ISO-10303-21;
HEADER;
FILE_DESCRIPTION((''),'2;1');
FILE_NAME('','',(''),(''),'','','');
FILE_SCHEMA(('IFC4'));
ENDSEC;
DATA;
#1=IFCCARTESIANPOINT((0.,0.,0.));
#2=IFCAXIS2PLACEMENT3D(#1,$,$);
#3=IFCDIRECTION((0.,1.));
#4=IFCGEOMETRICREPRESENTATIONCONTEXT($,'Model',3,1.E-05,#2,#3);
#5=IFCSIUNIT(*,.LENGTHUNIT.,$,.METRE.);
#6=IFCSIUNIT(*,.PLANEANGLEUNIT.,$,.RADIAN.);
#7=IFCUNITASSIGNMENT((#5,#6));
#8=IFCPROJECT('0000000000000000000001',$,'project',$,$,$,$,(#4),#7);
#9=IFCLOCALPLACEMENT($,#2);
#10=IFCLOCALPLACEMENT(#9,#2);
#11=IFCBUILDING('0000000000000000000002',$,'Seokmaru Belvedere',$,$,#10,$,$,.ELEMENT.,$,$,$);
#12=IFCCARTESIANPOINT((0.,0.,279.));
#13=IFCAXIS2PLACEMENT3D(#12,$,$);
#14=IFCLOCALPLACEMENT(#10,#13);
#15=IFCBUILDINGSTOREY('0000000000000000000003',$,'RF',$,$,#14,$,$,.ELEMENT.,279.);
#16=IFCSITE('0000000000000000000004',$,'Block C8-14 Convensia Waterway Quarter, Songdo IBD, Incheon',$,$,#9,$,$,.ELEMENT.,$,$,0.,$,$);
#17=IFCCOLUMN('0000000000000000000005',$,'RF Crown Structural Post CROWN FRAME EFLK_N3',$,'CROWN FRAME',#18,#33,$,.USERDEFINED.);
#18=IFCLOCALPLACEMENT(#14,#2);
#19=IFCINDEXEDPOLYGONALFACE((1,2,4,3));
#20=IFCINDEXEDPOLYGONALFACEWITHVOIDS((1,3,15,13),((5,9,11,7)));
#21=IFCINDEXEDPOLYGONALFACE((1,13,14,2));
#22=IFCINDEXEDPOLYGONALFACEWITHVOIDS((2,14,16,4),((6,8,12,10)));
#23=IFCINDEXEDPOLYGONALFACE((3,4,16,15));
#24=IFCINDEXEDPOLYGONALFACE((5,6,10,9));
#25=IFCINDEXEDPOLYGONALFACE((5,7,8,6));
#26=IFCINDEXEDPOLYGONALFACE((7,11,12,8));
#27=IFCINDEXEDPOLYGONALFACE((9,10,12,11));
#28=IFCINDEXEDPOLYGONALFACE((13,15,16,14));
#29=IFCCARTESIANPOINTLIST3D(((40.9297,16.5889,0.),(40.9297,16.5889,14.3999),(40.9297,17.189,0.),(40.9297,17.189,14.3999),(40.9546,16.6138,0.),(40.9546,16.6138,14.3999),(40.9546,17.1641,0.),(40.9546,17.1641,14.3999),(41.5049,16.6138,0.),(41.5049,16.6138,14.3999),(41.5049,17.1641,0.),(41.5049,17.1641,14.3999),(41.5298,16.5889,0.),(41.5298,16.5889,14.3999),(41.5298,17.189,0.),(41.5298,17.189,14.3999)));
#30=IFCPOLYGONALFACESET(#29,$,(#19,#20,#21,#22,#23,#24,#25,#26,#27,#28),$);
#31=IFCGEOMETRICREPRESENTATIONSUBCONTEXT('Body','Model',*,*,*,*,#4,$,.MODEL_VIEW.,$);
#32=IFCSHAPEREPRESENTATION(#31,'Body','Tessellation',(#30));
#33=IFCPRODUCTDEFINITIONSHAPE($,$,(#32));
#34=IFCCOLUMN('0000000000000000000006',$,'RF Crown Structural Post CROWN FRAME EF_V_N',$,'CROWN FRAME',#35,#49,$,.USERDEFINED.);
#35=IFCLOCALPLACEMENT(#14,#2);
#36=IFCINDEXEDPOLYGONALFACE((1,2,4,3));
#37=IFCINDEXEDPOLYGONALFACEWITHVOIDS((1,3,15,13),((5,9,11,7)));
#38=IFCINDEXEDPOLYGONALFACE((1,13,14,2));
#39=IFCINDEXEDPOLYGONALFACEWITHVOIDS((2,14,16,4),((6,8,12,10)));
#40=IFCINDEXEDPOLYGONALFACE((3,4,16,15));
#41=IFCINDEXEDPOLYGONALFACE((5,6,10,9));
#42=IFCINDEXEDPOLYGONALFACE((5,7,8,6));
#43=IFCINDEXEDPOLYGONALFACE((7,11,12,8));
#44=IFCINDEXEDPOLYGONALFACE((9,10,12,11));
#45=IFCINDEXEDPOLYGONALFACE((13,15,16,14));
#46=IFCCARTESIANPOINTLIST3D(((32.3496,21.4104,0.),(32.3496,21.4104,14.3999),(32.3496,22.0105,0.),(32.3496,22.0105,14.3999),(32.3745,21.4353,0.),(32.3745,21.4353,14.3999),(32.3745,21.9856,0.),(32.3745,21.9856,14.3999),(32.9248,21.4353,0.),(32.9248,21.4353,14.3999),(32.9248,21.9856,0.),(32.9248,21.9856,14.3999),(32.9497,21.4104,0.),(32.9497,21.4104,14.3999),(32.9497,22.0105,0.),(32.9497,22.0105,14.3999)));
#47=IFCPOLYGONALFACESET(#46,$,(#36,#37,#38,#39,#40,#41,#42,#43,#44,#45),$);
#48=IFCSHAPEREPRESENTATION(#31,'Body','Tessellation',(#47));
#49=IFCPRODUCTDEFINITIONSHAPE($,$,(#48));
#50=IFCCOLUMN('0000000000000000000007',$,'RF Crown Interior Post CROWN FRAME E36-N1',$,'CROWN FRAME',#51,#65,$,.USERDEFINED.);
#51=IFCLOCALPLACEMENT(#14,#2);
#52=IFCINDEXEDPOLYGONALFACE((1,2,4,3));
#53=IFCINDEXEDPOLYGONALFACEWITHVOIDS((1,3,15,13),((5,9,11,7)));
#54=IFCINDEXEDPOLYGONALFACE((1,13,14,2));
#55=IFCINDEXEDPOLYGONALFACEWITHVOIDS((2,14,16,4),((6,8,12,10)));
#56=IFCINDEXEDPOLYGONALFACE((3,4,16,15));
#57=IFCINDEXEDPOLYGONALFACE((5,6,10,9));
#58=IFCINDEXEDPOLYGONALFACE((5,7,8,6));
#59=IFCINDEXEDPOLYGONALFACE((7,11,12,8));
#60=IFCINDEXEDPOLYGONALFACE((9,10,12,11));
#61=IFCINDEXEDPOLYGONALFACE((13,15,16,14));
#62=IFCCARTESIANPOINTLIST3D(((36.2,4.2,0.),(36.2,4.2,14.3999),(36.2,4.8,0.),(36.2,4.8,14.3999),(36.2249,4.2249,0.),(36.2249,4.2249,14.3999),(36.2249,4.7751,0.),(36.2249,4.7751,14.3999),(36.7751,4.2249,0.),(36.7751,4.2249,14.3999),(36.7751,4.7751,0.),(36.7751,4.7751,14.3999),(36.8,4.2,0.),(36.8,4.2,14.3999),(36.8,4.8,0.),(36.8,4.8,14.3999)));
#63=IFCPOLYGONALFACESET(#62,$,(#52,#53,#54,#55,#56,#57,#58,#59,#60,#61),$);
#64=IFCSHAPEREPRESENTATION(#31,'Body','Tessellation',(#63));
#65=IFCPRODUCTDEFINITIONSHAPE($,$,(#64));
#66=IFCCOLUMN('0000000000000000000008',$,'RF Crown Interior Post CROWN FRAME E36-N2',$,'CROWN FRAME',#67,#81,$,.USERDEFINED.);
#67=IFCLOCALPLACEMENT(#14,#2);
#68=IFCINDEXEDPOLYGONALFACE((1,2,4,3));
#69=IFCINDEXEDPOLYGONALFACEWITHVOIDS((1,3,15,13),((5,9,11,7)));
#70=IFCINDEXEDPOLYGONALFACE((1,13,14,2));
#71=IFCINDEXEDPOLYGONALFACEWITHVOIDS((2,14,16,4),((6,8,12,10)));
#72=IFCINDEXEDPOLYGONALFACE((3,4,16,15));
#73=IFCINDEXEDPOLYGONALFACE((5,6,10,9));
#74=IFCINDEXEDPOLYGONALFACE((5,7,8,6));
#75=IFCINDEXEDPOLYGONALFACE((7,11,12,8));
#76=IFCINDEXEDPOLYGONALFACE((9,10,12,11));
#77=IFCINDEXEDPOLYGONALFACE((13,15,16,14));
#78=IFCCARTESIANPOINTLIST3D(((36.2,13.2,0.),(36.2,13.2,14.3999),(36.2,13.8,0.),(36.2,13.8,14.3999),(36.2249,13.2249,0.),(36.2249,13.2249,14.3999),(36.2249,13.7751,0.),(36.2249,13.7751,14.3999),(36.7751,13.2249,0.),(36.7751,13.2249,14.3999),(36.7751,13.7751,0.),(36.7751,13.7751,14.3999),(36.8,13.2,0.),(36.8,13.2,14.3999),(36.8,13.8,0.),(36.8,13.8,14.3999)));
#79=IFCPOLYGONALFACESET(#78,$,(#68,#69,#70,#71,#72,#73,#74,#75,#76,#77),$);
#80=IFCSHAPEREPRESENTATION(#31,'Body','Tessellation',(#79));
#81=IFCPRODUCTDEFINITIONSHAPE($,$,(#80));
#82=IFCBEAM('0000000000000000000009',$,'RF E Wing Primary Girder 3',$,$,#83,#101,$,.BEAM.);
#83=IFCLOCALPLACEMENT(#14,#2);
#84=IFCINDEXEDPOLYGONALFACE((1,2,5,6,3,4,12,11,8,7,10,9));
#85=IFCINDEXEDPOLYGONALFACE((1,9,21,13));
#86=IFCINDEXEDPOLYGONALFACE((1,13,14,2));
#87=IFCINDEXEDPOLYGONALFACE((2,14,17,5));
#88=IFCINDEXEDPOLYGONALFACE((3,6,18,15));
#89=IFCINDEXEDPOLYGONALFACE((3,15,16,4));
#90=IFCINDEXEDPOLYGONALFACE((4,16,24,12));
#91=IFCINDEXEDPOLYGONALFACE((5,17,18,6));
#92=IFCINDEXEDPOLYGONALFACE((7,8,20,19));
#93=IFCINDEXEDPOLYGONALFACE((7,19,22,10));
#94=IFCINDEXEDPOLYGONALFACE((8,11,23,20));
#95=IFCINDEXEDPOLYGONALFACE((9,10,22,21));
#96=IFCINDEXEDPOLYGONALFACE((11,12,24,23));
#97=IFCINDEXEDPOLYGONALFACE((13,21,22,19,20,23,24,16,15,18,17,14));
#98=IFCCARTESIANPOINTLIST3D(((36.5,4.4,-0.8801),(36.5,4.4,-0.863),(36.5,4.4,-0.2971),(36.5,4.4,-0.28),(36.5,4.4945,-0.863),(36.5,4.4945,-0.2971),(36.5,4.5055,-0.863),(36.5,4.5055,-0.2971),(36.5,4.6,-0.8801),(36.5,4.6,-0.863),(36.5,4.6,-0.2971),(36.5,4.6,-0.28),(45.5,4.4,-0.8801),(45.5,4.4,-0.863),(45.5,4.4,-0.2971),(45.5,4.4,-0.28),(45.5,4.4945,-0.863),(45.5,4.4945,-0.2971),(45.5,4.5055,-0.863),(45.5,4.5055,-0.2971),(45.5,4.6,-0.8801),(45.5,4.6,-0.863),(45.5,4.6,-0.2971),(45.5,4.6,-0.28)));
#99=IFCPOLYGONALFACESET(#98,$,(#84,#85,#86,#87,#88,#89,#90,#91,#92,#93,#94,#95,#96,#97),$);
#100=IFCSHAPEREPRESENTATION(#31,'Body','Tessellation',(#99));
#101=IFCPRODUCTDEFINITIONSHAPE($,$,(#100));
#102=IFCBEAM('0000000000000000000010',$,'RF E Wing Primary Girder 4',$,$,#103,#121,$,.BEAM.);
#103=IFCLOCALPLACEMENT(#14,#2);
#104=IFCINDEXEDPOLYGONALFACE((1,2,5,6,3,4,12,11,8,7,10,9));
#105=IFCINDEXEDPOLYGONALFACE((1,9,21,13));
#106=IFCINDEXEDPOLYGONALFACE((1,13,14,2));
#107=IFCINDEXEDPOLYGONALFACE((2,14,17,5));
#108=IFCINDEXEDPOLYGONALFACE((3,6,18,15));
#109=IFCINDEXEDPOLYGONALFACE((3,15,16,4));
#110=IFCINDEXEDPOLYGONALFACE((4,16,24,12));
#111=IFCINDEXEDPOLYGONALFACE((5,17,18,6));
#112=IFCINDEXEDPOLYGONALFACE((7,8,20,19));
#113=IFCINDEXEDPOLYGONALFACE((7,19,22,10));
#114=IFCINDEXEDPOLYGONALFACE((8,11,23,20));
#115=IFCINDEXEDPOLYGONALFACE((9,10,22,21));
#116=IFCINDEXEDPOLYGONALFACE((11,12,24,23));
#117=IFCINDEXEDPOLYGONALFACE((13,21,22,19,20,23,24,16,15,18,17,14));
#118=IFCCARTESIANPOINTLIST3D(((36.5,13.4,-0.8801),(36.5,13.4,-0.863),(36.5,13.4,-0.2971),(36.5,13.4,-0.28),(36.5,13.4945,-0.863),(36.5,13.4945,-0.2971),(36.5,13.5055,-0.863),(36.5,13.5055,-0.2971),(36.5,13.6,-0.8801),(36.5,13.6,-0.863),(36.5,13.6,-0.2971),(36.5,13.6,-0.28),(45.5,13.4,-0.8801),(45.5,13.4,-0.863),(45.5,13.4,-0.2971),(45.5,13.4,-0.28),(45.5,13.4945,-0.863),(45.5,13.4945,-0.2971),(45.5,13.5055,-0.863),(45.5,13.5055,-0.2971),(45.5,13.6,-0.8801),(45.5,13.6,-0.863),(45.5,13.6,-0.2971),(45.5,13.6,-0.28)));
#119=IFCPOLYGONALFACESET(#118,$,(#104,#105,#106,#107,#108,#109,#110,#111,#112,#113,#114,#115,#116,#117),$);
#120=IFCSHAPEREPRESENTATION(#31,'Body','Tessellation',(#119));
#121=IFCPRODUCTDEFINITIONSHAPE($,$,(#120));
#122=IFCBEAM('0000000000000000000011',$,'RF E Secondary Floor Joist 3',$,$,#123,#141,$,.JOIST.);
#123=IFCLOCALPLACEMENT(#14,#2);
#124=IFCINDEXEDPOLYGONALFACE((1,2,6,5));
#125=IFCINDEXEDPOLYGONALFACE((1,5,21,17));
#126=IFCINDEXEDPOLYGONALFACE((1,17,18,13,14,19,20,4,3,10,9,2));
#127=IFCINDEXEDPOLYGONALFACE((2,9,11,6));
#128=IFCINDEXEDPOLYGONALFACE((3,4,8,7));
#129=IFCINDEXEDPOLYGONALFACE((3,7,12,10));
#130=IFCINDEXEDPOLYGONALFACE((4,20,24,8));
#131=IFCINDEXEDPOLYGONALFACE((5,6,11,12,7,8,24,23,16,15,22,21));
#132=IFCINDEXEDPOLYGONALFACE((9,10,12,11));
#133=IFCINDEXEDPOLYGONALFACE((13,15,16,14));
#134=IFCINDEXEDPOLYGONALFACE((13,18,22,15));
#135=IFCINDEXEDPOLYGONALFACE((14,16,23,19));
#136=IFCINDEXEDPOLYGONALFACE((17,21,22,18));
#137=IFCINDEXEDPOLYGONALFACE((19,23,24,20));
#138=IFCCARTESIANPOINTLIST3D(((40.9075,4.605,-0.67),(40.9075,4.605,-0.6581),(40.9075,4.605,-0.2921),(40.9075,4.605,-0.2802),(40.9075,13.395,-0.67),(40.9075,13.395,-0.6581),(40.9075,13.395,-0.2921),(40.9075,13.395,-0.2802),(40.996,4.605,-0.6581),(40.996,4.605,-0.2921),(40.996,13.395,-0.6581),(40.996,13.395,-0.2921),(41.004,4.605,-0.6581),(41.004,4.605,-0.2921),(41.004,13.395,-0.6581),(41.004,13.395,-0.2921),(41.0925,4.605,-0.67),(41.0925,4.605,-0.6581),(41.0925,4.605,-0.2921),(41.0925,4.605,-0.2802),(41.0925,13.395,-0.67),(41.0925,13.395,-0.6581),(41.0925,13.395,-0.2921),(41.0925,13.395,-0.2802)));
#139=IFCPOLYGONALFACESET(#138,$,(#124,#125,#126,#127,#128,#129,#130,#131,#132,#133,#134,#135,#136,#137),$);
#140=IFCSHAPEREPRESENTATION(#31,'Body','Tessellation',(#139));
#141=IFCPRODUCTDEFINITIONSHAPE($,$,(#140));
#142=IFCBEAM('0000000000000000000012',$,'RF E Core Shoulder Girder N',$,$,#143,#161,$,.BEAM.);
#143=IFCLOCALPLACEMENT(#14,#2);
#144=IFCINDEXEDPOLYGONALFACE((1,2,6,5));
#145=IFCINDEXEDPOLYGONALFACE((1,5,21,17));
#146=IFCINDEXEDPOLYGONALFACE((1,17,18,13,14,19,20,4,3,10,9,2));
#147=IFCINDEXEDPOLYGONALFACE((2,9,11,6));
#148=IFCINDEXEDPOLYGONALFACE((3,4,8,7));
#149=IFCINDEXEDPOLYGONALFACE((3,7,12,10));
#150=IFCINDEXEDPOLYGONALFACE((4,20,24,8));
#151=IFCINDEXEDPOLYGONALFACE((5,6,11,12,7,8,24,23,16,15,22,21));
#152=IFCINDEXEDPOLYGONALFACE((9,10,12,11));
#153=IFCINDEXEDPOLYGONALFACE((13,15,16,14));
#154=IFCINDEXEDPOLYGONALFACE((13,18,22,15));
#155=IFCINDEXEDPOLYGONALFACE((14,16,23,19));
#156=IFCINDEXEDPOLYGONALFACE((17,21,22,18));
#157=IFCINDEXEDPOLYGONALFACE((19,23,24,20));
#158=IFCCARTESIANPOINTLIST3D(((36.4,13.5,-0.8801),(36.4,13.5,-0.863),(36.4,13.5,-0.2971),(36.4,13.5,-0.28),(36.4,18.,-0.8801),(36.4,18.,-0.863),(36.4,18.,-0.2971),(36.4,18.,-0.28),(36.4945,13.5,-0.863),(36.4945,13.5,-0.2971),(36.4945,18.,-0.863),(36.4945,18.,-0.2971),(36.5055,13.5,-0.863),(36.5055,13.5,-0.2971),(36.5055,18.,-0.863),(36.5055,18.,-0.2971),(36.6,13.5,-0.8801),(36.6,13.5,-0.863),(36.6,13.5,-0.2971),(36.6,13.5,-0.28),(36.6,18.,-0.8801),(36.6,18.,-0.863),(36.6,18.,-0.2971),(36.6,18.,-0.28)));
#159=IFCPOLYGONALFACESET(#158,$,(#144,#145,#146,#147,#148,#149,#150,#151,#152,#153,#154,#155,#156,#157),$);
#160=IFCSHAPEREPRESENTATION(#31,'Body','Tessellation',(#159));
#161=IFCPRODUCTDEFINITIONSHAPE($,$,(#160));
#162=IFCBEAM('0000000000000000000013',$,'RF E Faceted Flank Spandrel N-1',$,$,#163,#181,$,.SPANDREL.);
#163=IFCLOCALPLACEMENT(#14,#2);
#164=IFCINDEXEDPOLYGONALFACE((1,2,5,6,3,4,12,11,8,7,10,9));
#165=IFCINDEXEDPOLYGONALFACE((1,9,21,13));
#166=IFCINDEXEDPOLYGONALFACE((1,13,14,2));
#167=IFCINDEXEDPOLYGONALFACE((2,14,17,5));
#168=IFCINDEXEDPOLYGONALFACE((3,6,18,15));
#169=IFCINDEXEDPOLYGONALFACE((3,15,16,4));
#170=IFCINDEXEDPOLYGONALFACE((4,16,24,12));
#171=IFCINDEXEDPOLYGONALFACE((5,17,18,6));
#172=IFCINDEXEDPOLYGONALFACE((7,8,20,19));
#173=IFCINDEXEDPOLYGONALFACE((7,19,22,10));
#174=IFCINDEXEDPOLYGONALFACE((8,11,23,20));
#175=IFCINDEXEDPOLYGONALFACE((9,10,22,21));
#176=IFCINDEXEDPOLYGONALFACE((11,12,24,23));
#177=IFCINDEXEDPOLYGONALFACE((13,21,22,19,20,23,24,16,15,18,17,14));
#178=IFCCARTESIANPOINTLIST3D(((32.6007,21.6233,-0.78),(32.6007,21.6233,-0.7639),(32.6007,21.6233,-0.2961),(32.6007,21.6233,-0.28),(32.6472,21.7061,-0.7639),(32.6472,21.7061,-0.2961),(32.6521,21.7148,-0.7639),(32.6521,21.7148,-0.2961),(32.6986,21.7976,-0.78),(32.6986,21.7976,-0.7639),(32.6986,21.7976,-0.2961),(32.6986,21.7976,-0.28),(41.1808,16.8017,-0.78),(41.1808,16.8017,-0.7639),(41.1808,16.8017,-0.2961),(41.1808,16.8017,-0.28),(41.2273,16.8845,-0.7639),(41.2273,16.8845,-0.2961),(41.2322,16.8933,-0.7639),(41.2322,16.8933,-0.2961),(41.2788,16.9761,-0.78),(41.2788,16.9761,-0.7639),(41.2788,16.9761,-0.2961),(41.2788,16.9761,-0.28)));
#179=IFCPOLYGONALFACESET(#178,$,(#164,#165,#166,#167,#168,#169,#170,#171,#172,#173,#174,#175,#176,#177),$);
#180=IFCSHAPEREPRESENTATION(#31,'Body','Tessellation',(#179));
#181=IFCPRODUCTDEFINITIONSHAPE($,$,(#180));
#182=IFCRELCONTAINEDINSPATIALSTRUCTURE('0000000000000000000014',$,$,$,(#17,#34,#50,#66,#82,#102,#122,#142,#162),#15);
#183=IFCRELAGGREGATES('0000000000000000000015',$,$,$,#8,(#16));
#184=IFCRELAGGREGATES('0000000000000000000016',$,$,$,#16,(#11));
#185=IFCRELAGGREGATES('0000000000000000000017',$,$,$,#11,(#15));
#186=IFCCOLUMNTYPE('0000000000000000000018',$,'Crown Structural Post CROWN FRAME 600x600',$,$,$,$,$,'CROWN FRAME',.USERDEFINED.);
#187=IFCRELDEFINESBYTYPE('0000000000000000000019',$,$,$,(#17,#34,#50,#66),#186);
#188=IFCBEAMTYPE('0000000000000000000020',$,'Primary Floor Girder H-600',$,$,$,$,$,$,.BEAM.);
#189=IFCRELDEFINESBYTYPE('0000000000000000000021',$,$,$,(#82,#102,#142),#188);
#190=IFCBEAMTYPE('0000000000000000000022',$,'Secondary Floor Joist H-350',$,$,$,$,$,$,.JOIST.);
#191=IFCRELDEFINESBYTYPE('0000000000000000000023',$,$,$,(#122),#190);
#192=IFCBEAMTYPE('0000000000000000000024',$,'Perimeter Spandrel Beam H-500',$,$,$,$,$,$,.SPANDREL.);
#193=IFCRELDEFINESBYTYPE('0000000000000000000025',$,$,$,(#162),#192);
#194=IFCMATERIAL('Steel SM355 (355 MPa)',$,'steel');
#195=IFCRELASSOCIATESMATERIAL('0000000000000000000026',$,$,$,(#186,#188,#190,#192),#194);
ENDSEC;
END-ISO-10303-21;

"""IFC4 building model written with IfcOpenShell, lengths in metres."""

from ifc_helpers import new_model, si_unit, direction, frame, origin, origin_2d, place, context, subcontext, project, spatial, hollow_rectangle, i_section, extrude, source, transform, mapped, material, material_profile, profile_set, type_object, type_shapes, element, save


model = new_model("IFC4")

# Units and contexts
model_context = context("Model", 3, precision=1e-05, world=origin(), true_north=direction((0.0, 1.0)))
body_context = subcontext(model_context, "Body", "Model", "MODEL_VIEW")
ifc_project = project(units=[si_unit("LENGTHUNIT", "METRE"), si_unit("PLANEANGLEUNIT", "RADIAN")], contexts=[model_context])

# Site, building, storey
site_placement = place(None, origin())
site = spatial("IfcSite", under=ifc_project, at=site_placement, Name="Block C8-14 Convensia Waterway Quarter, Songdo IBD, Incheon", CompositionType="ELEMENT", RefElevation=0.0)
building_placement = place(site_placement, origin())
building = spatial("IfcBuilding", under=site, at=building_placement, Name="Seokmaru Belvedere", CompositionType="ELEMENT")
storey_placement = place(building_placement, frame((0.0, 0.0, 279.0)))
storey = spatial("IfcBuildingStorey", under=building, at=storey_placement, Name="RF", CompositionType="ELEMENT", Elevation=279.0)

# Columns
ifc_material_1 = material(Name="Steel SM355 (355 MPa)", Category="steel")
ifc_material_profile_1 = material_profile(ifc_material_1, hollow_rectangle(XDim=0.6001, YDim=0.6001, WallThickness=0.0249, at=origin_2d()), Name="HSS-600x600x25")
ifc_profile_set_1 = profile_set([ifc_material_profile_1], Name="Steel SM355 (355 MPa)")
column_type = type_object("IfcColumnType", Name="Crown Structural Post CROWN FRAME 600x600", ElementType="CROWN FRAME", PredefinedType="USERDEFINED", material=ifc_profile_set_1)
shared_shape_1 = source(origin(), body_context, "Body", "SweptSolid", [
    extrude(hollow_rectangle(XDim=0.6001, YDim=0.6001, WallThickness=0.0249, at=origin_2d()), origin(), (0.0, 0.0, 1.0), 14.3999),
])
type_shapes(column_type, [shared_shape_1])
for number, where, z_axis, x_axis, name in (
    (1, (41.2297, 16.8889, 0.0), (0.0, 0.0, 1.0), (1.0, 0.0, 0.0), "RF Crown Structural Post CROWN FRAME EFLK_N3"),
    (2, (32.6497, 21.7104, 0.0), (0.0, 0.0, 1.0), (1.0, 0.0, 0.0), "RF Crown Structural Post CROWN FRAME EF_V_N"),
    (3, (36.5, 4.5, 0.0), (0.0, 0.0, 1.0), (1.0, 0.0, 0.0), "RF Crown Interior Post CROWN FRAME E36-N1"),
    (4, (36.5, 13.5, 0.0), (0.0, 0.0, 1.0), (1.0, 0.0, 0.0), "RF Crown Interior Post CROWN FRAME E36-N2"),
):
    element("IfcColumn", number, at=place(storey_placement, frame(where, z_axis=z_axis, x_axis=x_axis)), inside=storey, type_object=column_type, Name=name, ObjectType="CROWN FRAME", PredefinedType="USERDEFINED", context=body_context, shape_type="MappedRepresentation", body=[
        mapped(shared_shape_1, transform((0.0, 0.0, 0.0), scale=1.0)),
    ])

# Beams
ifc_material_profile_2 = material_profile(ifc_material_1, i_section(OverallWidth=0.2, OverallDepth=0.6001, WebThickness=0.011, FlangeThickness=0.0171, at=origin_2d()), Name="H-600x200x11x17")
ifc_profile_set_2 = profile_set([ifc_material_profile_2], Name="Steel SM355 (355 MPa)")
beam_type_1 = type_object("IfcBeamType", Name="Primary Floor Girder H-600", PredefinedType="BEAM", material=ifc_profile_set_2)
shared_shape_2 = source(origin(), body_context, "Body", "SweptSolid", [
    extrude(i_section(OverallWidth=0.2, OverallDepth=0.6001, WebThickness=0.011, FlangeThickness=0.0171, at=origin_2d()), origin(), (0.0, 0.0, 1.0), 9.0),
])
for number, where, z_axis, x_axis, name in (
    (5, (36.5, 4.5, -0.5801), (1.0, 0.0, 0.0), (0.0, 1.0, 0.0), "RF E Wing Primary Girder 3"),
    (6, (36.5, 13.5, -0.5801), (1.0, 0.0, 0.0), (0.0, 1.0, 0.0), "RF E Wing Primary Girder 4"),
):
    element("IfcBeam", number, at=place(storey_placement, frame(where, z_axis=z_axis, x_axis=x_axis)), inside=storey, type_object=beam_type_1, Name=name, PredefinedType="BEAM", context=body_context, shape_type="MappedRepresentation", body=[
        mapped(shared_shape_2, transform((0.0, 0.0, 0.0), scale=1.0)),
    ])
ifc_material_profile_3 = material_profile(ifc_material_1, i_section(OverallWidth=0.1851, OverallDepth=0.3899, WebThickness=0.0081, FlangeThickness=0.012, at=origin_2d()), Name="H-390x185x8x12")
ifc_profile_set_3 = profile_set([ifc_material_profile_3], Name="Steel SM355 (355 MPa)")
beam_type_2 = type_object("IfcBeamType", Name="Secondary Floor Joist H-350", PredefinedType="JOIST", material=ifc_profile_set_3)
shared_shape_3 = source(origin(), body_context, "Body", "SweptSolid", [
    extrude(i_section(OverallWidth=0.1851, OverallDepth=0.3899, WebThickness=0.0081, FlangeThickness=0.012, at=origin_2d()), origin(), (0.0, 0.0, 1.0), 8.79),
])
type_shapes(beam_type_2, [shared_shape_3])
beam_1_placement = place(storey_placement, frame((41.0, 4.605, -0.4751), z_axis=(0.0, 1.0, 0.0), x_axis=(-1.0, 0.0, 0.0)))
element("IfcBeam", 7, at=beam_1_placement, inside=storey, type_object=beam_type_2, Name="RF E Secondary Floor Joist 3", PredefinedType="JOIST", context=body_context, shape_type="MappedRepresentation", body=[
    mapped(shared_shape_3, transform((0.0, 0.0, 0.0), scale=1.0)),
])
shared_shape_4 = source(origin(), body_context, "Body", "SweptSolid", [
    extrude(i_section(OverallWidth=0.2, OverallDepth=0.6001, WebThickness=0.011, FlangeThickness=0.0171, at=origin_2d()), origin(), (0.0, 0.0, 1.0), 4.5),
])
beam_2_placement = place(storey_placement, frame((36.5, 13.5, -0.5801), z_axis=(0.0, 1.0, 0.0), x_axis=(-1.0, 0.0, 0.0)))
element("IfcBeam", 8, at=beam_2_placement, inside=storey, type_object=beam_type_1, Name="RF E Core Shoulder Girder N", PredefinedType="BEAM", context=body_context, shape_type="MappedRepresentation", body=[
    mapped(shared_shape_4, transform((0.0, 0.0, 0.0), scale=1.0)),
])
ifc_material_profile_4 = material_profile(ifc_material_1, i_section(OverallWidth=0.2, OverallDepth=0.5, WebThickness=0.01, FlangeThickness=0.0161, at=origin_2d()), Name="H-500x200x10x16")
ifc_profile_set_4 = profile_set([ifc_material_profile_4], Name="Steel SM355 (355 MPa)")
beam_type_3 = type_object("IfcBeamType", Name="Perimeter Spandrel Beam H-500", PredefinedType="SPANDREL", material=ifc_profile_set_4)
shared_shape_5 = source(origin(), body_context, "Body", "SweptSolid", [
    extrude(i_section(OverallWidth=0.2, OverallDepth=0.5, WebThickness=0.01, FlangeThickness=0.0161, at=origin_2d()), origin(), (0.0, 0.0, 1.0), 9.842),
])
beam_3_placement = place(storey_placement, frame((32.6497, 21.7104, -0.53), z_axis=(0.871782, -0.489894, 0.0), x_axis=(0.489894, 0.871782, 0.0)))
element("IfcBeam", 9, at=beam_3_placement, inside=storey, type_object=beam_type_3, Name="RF E Faceted Flank Spandrel N-1", PredefinedType="SPANDREL", context=body_context, shape_type="MappedRepresentation", body=[
    mapped(shared_shape_5, transform((0.0, 0.0, 0.0), scale=1.0)),
])

save(model, "model.ifc")
